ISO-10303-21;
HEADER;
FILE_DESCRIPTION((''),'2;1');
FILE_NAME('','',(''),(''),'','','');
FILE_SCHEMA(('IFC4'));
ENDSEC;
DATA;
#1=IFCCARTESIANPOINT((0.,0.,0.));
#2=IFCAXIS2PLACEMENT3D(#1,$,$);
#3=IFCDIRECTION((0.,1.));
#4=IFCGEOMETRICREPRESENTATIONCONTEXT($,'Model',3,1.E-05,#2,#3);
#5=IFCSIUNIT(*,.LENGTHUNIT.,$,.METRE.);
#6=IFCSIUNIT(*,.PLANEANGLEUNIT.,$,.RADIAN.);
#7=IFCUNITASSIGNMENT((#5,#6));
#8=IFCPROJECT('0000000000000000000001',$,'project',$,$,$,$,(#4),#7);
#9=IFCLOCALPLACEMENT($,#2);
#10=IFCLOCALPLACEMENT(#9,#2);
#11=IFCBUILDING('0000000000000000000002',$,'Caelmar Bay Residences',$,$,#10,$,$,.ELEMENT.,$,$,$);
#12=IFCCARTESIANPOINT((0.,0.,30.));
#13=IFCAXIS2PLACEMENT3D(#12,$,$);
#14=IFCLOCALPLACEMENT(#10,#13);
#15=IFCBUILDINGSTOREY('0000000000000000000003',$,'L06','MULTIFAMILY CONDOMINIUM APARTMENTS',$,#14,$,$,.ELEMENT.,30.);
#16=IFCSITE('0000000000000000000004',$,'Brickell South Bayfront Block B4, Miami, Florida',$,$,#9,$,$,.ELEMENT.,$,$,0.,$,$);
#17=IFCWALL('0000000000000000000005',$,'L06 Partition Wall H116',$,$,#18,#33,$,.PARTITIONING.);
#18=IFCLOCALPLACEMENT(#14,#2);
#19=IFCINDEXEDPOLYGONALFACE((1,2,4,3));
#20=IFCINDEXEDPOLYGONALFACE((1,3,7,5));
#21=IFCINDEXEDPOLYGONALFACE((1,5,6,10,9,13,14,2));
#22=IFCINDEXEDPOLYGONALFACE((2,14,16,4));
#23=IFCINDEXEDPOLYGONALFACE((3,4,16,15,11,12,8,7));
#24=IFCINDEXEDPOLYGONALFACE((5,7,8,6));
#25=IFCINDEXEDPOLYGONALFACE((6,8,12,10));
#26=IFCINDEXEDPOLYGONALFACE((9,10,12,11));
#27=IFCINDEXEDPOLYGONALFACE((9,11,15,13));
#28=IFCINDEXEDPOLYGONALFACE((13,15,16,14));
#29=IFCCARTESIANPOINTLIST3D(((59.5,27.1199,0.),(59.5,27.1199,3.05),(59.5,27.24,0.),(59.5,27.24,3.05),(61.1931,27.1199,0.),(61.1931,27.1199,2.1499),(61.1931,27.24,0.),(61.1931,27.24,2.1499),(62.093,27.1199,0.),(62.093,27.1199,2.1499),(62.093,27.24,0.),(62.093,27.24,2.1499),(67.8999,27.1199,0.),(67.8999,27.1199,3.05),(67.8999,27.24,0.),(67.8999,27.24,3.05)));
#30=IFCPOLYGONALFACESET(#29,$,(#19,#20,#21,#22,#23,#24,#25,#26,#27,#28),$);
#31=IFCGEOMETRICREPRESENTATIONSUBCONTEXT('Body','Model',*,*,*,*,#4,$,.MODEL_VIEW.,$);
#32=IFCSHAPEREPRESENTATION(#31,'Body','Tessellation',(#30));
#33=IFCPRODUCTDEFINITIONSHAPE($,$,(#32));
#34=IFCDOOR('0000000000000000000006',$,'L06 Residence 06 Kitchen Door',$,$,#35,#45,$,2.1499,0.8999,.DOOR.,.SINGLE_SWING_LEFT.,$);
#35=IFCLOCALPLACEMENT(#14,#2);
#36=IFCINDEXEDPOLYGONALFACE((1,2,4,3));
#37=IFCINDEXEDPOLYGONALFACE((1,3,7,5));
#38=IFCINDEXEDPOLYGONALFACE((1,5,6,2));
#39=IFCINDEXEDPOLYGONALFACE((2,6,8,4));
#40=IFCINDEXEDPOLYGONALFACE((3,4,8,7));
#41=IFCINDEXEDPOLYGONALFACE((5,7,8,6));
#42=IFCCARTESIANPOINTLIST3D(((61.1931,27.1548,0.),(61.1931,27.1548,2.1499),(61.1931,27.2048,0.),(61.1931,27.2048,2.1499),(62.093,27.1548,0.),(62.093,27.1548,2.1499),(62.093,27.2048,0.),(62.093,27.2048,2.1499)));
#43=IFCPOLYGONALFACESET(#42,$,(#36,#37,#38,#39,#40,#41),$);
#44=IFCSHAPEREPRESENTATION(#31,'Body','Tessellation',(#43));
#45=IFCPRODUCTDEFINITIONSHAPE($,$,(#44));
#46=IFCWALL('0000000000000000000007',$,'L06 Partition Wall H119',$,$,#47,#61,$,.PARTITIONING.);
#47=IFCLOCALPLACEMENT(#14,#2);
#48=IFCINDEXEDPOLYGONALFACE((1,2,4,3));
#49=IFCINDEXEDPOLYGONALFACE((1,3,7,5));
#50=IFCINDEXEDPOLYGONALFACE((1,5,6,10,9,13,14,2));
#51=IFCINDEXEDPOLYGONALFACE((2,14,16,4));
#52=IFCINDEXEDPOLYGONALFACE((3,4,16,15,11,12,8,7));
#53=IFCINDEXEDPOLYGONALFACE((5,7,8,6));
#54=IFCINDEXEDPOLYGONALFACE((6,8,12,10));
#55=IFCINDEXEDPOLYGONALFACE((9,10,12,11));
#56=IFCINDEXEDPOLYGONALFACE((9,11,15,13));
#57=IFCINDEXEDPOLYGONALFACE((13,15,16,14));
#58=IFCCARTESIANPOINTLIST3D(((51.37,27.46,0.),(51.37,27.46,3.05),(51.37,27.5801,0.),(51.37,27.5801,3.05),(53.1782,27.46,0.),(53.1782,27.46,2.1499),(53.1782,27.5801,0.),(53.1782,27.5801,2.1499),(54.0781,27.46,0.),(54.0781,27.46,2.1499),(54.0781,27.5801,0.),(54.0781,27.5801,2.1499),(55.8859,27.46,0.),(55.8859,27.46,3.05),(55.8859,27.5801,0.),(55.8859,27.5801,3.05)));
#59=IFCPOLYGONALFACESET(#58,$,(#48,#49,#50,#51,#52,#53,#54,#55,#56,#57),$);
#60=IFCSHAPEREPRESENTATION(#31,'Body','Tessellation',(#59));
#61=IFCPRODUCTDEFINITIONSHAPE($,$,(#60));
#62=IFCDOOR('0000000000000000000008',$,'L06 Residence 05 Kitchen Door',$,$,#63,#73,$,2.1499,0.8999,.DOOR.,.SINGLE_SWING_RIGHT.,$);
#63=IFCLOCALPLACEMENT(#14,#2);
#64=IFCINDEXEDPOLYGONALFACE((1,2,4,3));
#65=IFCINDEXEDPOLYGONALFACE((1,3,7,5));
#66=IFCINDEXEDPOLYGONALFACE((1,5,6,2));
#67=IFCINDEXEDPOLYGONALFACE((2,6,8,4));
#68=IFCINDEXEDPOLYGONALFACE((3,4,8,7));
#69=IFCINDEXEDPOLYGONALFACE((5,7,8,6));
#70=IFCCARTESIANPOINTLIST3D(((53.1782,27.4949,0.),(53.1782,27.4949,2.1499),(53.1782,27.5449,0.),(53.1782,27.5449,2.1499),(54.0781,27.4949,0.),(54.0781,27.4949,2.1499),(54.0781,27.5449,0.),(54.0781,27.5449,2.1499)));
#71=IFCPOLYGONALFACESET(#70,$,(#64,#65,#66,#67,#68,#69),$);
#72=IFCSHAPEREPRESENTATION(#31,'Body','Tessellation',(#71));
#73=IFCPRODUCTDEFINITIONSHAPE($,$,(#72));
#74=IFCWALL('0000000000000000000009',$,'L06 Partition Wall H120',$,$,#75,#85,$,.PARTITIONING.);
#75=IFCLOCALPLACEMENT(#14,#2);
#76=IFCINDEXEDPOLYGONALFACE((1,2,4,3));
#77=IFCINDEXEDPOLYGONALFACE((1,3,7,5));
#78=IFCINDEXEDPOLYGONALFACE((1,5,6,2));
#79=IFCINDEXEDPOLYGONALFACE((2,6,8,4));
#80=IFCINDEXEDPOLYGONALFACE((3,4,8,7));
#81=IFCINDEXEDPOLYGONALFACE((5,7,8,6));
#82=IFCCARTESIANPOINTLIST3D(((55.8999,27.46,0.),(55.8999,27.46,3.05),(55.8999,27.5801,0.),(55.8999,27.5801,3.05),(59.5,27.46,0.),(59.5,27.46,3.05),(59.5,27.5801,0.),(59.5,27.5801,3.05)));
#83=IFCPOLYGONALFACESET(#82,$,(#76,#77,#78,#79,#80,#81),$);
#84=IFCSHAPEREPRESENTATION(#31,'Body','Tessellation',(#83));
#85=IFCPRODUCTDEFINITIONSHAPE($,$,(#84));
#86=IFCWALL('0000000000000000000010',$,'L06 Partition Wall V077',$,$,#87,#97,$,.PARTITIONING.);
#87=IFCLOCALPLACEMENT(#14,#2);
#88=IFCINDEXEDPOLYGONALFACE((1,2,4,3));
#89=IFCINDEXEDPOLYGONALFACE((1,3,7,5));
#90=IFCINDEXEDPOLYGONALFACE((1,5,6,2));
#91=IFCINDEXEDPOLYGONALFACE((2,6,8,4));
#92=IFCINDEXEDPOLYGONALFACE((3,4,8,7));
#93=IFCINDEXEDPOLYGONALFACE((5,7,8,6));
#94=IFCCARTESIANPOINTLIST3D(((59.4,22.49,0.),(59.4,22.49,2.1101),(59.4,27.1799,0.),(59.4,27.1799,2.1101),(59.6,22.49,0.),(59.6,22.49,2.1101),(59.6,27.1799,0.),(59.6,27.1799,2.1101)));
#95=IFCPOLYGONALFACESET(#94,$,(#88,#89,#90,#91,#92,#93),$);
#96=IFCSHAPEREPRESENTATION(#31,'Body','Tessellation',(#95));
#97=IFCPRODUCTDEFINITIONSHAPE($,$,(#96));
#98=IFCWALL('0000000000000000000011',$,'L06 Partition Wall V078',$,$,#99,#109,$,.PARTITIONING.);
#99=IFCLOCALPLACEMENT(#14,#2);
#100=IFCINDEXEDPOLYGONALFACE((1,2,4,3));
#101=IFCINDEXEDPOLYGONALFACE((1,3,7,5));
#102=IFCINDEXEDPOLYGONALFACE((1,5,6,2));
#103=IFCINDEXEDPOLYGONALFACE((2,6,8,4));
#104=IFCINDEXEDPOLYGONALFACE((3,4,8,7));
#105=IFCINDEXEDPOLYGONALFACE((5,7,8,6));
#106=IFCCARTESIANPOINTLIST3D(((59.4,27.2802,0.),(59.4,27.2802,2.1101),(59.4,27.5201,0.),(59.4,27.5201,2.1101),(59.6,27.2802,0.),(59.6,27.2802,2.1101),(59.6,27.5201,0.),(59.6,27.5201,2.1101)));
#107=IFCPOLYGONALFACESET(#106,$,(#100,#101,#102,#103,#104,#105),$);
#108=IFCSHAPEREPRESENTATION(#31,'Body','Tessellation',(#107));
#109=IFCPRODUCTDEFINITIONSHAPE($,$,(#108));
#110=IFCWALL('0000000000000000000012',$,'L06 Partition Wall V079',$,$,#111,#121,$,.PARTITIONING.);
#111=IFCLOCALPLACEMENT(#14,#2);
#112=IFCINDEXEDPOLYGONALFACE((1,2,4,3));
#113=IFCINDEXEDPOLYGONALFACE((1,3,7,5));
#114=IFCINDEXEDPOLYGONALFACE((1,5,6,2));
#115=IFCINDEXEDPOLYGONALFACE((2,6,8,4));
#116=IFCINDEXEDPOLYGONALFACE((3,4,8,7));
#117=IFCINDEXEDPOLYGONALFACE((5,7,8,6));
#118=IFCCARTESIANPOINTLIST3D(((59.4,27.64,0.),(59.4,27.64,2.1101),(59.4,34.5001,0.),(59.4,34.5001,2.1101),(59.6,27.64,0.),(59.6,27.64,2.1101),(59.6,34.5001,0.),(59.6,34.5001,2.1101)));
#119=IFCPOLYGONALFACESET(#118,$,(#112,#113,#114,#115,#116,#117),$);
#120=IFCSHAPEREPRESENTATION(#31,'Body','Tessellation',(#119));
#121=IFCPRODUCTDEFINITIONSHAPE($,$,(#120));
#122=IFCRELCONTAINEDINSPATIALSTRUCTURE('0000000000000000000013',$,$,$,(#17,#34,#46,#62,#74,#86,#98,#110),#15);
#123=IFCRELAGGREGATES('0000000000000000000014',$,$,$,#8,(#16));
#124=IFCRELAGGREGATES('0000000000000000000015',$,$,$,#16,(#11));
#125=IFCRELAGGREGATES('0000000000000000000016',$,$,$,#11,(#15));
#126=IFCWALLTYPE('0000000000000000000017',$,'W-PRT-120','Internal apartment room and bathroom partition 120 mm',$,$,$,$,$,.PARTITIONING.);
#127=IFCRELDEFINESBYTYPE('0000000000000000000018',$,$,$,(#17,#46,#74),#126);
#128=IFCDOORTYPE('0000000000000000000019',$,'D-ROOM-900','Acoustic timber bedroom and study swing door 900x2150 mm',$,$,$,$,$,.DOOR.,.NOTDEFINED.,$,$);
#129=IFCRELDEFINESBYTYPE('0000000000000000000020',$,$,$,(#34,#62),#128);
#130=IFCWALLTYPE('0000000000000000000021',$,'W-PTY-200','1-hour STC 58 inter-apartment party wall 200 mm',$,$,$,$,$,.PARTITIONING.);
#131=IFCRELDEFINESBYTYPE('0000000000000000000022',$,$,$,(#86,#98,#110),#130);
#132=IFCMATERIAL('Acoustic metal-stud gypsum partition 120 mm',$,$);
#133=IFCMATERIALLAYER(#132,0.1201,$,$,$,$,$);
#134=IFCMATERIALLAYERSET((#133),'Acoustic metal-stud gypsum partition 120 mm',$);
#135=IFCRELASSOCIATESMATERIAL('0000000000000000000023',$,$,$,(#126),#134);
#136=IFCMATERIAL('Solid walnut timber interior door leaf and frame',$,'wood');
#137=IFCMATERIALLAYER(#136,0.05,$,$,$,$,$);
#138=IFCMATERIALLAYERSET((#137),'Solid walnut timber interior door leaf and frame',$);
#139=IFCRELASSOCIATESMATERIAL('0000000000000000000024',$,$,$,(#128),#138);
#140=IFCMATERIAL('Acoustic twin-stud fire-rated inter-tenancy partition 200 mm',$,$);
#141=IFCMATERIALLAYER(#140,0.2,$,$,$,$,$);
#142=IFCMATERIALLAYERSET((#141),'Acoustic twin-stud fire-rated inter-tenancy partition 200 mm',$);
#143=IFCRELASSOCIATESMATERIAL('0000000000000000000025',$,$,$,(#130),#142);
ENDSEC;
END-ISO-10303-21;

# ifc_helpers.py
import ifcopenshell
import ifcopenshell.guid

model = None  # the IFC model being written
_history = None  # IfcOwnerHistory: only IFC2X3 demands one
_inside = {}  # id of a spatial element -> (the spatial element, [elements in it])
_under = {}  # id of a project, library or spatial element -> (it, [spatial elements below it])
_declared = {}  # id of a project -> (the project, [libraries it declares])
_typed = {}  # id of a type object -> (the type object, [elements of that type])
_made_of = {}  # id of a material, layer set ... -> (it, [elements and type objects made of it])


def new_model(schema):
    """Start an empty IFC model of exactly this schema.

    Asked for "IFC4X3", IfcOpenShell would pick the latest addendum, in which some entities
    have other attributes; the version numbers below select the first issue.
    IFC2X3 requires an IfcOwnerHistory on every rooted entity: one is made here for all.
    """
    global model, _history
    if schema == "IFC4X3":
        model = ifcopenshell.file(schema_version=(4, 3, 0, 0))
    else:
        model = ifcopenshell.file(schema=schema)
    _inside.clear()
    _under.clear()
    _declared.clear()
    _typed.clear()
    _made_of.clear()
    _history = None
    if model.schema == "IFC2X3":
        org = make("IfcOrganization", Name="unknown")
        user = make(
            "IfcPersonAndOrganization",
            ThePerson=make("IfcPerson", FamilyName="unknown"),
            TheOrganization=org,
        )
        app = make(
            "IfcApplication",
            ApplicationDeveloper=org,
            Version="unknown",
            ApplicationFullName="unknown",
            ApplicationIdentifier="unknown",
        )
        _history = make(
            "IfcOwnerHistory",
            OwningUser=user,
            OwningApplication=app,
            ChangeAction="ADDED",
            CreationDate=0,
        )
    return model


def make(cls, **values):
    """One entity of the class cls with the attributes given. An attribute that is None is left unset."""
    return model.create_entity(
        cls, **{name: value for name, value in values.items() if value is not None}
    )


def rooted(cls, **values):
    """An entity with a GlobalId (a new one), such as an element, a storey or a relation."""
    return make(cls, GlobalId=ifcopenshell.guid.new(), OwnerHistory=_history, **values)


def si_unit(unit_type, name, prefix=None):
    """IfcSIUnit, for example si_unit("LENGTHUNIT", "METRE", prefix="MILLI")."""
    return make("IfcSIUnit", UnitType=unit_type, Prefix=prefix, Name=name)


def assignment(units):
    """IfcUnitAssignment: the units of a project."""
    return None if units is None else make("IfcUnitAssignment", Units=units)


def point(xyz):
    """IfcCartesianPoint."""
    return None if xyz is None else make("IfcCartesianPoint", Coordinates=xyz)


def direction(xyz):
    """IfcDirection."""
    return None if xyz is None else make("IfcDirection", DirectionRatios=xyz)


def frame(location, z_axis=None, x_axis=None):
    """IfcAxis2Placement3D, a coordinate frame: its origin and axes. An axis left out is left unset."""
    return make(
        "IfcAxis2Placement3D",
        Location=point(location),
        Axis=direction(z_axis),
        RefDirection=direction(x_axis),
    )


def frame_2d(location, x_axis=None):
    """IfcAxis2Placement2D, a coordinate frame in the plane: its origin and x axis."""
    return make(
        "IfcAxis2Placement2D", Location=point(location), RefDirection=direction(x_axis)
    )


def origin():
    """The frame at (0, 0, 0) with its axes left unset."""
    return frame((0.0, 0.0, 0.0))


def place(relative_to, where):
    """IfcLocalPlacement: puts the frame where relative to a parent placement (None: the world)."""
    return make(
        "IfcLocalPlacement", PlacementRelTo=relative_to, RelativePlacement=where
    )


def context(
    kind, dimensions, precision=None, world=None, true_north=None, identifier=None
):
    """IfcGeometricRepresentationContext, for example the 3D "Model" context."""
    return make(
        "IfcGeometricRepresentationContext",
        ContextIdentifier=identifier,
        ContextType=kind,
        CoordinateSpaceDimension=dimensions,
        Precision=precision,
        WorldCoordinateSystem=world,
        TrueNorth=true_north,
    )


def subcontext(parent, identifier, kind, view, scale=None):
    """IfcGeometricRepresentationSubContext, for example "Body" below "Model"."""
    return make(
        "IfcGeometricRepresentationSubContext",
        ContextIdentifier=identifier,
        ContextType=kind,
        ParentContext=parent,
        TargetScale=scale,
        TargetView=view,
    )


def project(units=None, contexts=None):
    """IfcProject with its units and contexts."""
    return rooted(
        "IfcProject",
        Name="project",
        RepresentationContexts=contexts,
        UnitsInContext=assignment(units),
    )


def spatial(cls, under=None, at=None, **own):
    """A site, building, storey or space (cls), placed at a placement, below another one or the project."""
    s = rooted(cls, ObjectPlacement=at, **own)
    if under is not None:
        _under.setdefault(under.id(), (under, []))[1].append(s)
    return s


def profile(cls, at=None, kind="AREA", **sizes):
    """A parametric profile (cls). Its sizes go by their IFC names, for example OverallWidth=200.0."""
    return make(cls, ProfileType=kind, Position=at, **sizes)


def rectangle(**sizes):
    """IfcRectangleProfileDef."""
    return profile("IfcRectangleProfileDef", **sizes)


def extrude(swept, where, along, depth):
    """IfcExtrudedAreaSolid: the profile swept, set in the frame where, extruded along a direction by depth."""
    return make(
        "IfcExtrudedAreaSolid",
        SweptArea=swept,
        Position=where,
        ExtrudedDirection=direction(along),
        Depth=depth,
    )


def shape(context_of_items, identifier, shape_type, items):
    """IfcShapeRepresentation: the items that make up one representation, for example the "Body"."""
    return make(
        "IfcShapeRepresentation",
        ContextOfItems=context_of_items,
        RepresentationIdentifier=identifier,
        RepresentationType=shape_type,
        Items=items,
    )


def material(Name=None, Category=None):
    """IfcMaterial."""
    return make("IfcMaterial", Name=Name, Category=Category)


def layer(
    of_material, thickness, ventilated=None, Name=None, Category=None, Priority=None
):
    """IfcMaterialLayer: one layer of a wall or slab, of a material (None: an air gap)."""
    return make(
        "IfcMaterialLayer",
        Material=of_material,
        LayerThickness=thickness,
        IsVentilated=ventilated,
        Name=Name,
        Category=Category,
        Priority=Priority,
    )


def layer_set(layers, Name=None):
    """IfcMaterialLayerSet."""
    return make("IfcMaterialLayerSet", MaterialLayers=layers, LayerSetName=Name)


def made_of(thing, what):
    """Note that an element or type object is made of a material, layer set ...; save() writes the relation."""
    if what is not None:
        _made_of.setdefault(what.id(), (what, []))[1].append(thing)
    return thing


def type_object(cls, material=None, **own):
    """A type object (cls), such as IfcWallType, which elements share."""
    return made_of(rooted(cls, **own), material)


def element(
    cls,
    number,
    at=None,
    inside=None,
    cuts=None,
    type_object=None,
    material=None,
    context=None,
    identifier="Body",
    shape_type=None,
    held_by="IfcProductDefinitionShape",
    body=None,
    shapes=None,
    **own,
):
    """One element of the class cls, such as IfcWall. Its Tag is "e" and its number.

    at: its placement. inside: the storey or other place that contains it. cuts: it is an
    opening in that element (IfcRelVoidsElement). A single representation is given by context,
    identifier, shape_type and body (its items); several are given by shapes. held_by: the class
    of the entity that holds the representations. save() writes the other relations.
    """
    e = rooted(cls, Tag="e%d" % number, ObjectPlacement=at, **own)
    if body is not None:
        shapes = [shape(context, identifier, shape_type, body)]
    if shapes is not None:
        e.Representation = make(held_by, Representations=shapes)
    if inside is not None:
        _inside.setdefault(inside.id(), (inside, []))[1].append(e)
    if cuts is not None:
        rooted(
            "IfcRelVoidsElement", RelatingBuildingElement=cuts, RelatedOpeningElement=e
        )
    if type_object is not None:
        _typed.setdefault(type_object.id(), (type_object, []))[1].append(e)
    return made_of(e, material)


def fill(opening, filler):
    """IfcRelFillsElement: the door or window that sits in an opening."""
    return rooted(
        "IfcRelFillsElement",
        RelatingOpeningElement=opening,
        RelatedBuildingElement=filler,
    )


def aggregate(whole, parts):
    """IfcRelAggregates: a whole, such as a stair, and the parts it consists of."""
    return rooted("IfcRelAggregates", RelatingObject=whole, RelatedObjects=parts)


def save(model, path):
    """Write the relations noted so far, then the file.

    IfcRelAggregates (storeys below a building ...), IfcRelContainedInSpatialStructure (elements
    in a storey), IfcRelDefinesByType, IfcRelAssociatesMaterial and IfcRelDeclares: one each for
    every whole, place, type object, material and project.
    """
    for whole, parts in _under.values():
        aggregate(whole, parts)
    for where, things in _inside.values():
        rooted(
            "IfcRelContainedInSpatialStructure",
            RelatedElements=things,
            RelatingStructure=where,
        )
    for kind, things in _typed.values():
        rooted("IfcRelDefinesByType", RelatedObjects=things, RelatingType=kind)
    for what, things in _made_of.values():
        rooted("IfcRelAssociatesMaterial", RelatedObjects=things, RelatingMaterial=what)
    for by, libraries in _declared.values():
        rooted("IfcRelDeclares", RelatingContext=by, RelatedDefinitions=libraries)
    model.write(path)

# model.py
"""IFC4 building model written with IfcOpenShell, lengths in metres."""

from ifc_helpers import new_model, si_unit, direction, frame, frame_2d, origin, place, context, subcontext, project, spatial, rectangle, extrude, material, layer, layer_set, type_object, element, fill, save


model = new_model("IFC4")

# Units and contexts
model_context = context("Model", 3, precision=1e-05, world=origin(), true_north=direction((0.0, 1.0)))
body_context = subcontext(model_context, "Body", "Model", "MODEL_VIEW")
ifc_project = project(units=[si_unit("LENGTHUNIT", "METRE"), si_unit("PLANEANGLEUNIT", "RADIAN")], contexts=[model_context])

# Site, building, storey
site_placement = place(None, origin())
site = spatial("IfcSite", under=ifc_project, at=site_placement, Name="Brickell South Bayfront Block B4, Miami, Florida", CompositionType="ELEMENT", RefElevation=0.0)
building_placement = place(site_placement, origin())
building = spatial("IfcBuilding", under=site, at=building_placement, Name="Caelmar Bay Residences", CompositionType="ELEMENT")
storey_placement = place(building_placement, frame((0.0, 0.0, 30.0)))
storey = spatial("IfcBuildingStorey", under=building, at=storey_placement, Name="L06", Description="MULTIFAMILY CONDOMINIUM APARTMENTS", CompositionType="ELEMENT", Elevation=30.0)

# Shared definitions
ifc_material_1 = material(Name="Acoustic metal-stud gypsum partition 120 mm")
ifc_layer_1 = layer(ifc_material_1, 0.1201)
ifc_layer_set_1 = layer_set([ifc_layer_1], Name="Acoustic metal-stud gypsum partition 120 mm")
wall_type_1 = type_object("IfcWallType", Name="W-PRT-120", Description="Internal apartment room and bathroom partition 120 mm", PredefinedType="PARTITIONING", material=ifc_layer_set_1)

# Shared definitions
ifc_material_2 = material(Name="Solid walnut timber interior door leaf and frame", Category="wood")
ifc_layer_2 = layer(ifc_material_2, 0.05)
ifc_layer_set_2 = layer_set([ifc_layer_2], Name="Solid walnut timber interior door leaf and frame")
door_type_1 = type_object("IfcDoorType", Name="D-ROOM-900", Description="Acoustic timber bedroom and study swing door 900x2150 mm", OperationType="NOTDEFINED", PredefinedType="DOOR", material=ifc_layer_set_2)

# Walls, openings, doors
wall_1_placement = place(storey_placement, frame((59.5, 27.1799, 0.0), z_axis=(0.0, 0.0, 1.0), x_axis=(1.0, 0.0, 0.0)))
wall_1 = element("IfcWall", 1, at=wall_1_placement, inside=storey, type_object=wall_type_1, Name="L06 Partition Wall H116", PredefinedType="PARTITIONING", context=body_context, shape_type="SweptSolid", body=[
    extrude(rectangle(XDim=8.3999, YDim=0.1201, at=frame_2d((4.2, 0.0))), origin(), (0.0, 0.0, 1.0), 3.05),
])
opening_1_placement = place(wall_1_placement, frame((1.6931, 0.0, 0.0)))
opening_1 = element("IfcOpeningElement", 2, at=opening_1_placement, cuts=wall_1, PredefinedType="OPENING", context=body_context, shape_type="SweptSolid", body=[
    extrude(rectangle(XDim=0.8999, YDim=2.1499, at=frame_2d((0.45, 1.075))), frame((0.0, 0.0701, 0.0), z_axis=(0.0, -1.0, 0.0), x_axis=(1.0, 0.0, 0.0)), (0.0, 0.0, 1.0), 0.1401),
])
door_1_placement = place(opening_1_placement, origin())
door_1 = element("IfcDoor", 3, at=door_1_placement, inside=storey, type_object=door_type_1, Name="L06 Residence 06 Kitchen Door", OperationType="SINGLE_SWING_LEFT", OverallHeight=2.1499, OverallWidth=0.8999, PredefinedType="DOOR", context=body_context, shape_type="SweptSolid", body=[
    extrude(rectangle(XDim=0.8999, YDim=2.1499, at=frame_2d((0.45, 1.075))), frame((0.0, 0.0249, 0.0), z_axis=(0.0, -1.0, 0.0), x_axis=(1.0, 0.0, 0.0)), (0.0, 0.0, 1.0), 0.05),
])
fill(opening_1, door_1)
wall_2_placement = place(storey_placement, frame((51.3701, 27.52, 0.0), z_axis=(0.0, 0.0, 1.0), x_axis=(1.0, 0.0, 0.0)))
wall_2 = element("IfcWall", 4, at=wall_2_placement, inside=storey, type_object=wall_type_1, Name="L06 Partition Wall H119", PredefinedType="PARTITIONING", context=body_context, shape_type="SweptSolid", body=[
    extrude(rectangle(XDim=4.5159, YDim=0.1201, at=frame_2d((2.2578, 0.0))), origin(), (0.0, 0.0, 1.0), 3.05),
])
opening_2_placement = place(wall_2_placement, frame((1.8081, 0.0, 0.0)))
opening_2 = element("IfcOpeningElement", 5, at=opening_2_placement, cuts=wall_2, PredefinedType="OPENING", context=body_context, shape_type="SweptSolid", body=[
    extrude(rectangle(XDim=0.8999, YDim=2.1499, at=frame_2d((0.45, 1.075))), frame((0.0, 0.0701, 0.0), z_axis=(0.0, -1.0, 0.0), x_axis=(1.0, 0.0, 0.0)), (0.0, 0.0, 1.0), 0.1401),
])
door_2_placement = place(opening_2_placement, origin())
door_2 = element("IfcDoor", 6, at=door_2_placement, inside=storey, type_object=door_type_1, Name="L06 Residence 05 Kitchen Door", OperationType="SINGLE_SWING_RIGHT", OverallHeight=2.1499, OverallWidth=0.8999, PredefinedType="DOOR", context=body_context, shape_type="SweptSolid", body=[
    extrude(rectangle(XDim=0.8999, YDim=2.1499, at=frame_2d((0.45, 1.075))), frame((0.0, 0.0249, 0.0), z_axis=(0.0, -1.0, 0.0), x_axis=(1.0, 0.0, 0.0)), (0.0, 0.0, 1.0), 0.05),
])
fill(opening_2, door_2)

# Walls
wall_3_placement = place(storey_placement, frame((55.8999, 27.52, 0.0), z_axis=(0.0, 0.0, 1.0), x_axis=(1.0, 0.0, 0.0)))
element("IfcWall", 7, at=wall_3_placement, inside=storey, type_object=wall_type_1, Name="L06 Partition Wall H120", PredefinedType="PARTITIONING", context=body_context, shape_type="SweptSolid", body=[
    extrude(rectangle(XDim=3.6001, YDim=0.1201, at=frame_2d((1.8, 0.0))), origin(), (0.0, 0.0, 1.0), 3.05),
])
ifc_material_3 = material(Name="Acoustic twin-stud fire-rated inter-tenancy partition 200 mm")
ifc_layer_3 = layer(ifc_material_3, 0.2)
ifc_layer_set_3 = layer_set([ifc_layer_3], Name="Acoustic twin-stud fire-rated inter-tenancy partition 200 mm")
wall_type_2 = type_object("IfcWallType", Name="W-PTY-200", Description="1-hour STC 58 inter-apartment party wall 200 mm", PredefinedType="PARTITIONING", material=ifc_layer_set_3)
wall_4_placement = place(storey_placement, frame((59.5, 22.49, 0.0), z_axis=(0.0, 0.0, 1.0), x_axis=(0.0, 1.0, 0.0)))
element("IfcWall", 8, at=wall_4_placement, inside=storey, type_object=wall_type_2, Name="L06 Partition Wall V077", PredefinedType="PARTITIONING", context=body_context, shape_type="SweptSolid", body=[
    extrude(rectangle(XDim=4.6899, YDim=0.2, at=frame_2d((2.345, 0.0))), origin(), (0.0, 0.0, 1.0), 2.1101),
])
wall_5_placement = place(storey_placement, frame((59.5, 27.28, 0.0), z_axis=(0.0, 0.0, 1.0), x_axis=(0.0, 1.0, 0.0)))
element("IfcWall", 9, at=wall_5_placement, inside=storey, type_object=wall_type_2, Name="L06 Partition Wall V078", PredefinedType="PARTITIONING", context=body_context, shape_type="SweptSolid", body=[
    extrude(rectangle(XDim=0.24, YDim=0.2, at=frame_2d((0.1201, 0.0))), origin(), (0.0, 0.0, 1.0), 2.1101),
])
wall_6_placement = place(storey_placement, frame((59.5, 27.6399, 0.0), z_axis=(0.0, 0.0, 1.0), x_axis=(0.0, 1.0, 0.0)))
element("IfcWall", 10, at=wall_6_placement, inside=storey, type_object=wall_type_2, Name="L06 Partition Wall V079", PredefinedType="PARTITIONING", context=body_context, shape_type="SweptSolid", body=[
    extrude(rectangle(XDim=6.8601, YDim=0.2, at=frame_2d((3.4302, 0.0))), origin(), (0.0, 0.0, 1.0), 2.1101),
])

save(model, "model.ifc")
